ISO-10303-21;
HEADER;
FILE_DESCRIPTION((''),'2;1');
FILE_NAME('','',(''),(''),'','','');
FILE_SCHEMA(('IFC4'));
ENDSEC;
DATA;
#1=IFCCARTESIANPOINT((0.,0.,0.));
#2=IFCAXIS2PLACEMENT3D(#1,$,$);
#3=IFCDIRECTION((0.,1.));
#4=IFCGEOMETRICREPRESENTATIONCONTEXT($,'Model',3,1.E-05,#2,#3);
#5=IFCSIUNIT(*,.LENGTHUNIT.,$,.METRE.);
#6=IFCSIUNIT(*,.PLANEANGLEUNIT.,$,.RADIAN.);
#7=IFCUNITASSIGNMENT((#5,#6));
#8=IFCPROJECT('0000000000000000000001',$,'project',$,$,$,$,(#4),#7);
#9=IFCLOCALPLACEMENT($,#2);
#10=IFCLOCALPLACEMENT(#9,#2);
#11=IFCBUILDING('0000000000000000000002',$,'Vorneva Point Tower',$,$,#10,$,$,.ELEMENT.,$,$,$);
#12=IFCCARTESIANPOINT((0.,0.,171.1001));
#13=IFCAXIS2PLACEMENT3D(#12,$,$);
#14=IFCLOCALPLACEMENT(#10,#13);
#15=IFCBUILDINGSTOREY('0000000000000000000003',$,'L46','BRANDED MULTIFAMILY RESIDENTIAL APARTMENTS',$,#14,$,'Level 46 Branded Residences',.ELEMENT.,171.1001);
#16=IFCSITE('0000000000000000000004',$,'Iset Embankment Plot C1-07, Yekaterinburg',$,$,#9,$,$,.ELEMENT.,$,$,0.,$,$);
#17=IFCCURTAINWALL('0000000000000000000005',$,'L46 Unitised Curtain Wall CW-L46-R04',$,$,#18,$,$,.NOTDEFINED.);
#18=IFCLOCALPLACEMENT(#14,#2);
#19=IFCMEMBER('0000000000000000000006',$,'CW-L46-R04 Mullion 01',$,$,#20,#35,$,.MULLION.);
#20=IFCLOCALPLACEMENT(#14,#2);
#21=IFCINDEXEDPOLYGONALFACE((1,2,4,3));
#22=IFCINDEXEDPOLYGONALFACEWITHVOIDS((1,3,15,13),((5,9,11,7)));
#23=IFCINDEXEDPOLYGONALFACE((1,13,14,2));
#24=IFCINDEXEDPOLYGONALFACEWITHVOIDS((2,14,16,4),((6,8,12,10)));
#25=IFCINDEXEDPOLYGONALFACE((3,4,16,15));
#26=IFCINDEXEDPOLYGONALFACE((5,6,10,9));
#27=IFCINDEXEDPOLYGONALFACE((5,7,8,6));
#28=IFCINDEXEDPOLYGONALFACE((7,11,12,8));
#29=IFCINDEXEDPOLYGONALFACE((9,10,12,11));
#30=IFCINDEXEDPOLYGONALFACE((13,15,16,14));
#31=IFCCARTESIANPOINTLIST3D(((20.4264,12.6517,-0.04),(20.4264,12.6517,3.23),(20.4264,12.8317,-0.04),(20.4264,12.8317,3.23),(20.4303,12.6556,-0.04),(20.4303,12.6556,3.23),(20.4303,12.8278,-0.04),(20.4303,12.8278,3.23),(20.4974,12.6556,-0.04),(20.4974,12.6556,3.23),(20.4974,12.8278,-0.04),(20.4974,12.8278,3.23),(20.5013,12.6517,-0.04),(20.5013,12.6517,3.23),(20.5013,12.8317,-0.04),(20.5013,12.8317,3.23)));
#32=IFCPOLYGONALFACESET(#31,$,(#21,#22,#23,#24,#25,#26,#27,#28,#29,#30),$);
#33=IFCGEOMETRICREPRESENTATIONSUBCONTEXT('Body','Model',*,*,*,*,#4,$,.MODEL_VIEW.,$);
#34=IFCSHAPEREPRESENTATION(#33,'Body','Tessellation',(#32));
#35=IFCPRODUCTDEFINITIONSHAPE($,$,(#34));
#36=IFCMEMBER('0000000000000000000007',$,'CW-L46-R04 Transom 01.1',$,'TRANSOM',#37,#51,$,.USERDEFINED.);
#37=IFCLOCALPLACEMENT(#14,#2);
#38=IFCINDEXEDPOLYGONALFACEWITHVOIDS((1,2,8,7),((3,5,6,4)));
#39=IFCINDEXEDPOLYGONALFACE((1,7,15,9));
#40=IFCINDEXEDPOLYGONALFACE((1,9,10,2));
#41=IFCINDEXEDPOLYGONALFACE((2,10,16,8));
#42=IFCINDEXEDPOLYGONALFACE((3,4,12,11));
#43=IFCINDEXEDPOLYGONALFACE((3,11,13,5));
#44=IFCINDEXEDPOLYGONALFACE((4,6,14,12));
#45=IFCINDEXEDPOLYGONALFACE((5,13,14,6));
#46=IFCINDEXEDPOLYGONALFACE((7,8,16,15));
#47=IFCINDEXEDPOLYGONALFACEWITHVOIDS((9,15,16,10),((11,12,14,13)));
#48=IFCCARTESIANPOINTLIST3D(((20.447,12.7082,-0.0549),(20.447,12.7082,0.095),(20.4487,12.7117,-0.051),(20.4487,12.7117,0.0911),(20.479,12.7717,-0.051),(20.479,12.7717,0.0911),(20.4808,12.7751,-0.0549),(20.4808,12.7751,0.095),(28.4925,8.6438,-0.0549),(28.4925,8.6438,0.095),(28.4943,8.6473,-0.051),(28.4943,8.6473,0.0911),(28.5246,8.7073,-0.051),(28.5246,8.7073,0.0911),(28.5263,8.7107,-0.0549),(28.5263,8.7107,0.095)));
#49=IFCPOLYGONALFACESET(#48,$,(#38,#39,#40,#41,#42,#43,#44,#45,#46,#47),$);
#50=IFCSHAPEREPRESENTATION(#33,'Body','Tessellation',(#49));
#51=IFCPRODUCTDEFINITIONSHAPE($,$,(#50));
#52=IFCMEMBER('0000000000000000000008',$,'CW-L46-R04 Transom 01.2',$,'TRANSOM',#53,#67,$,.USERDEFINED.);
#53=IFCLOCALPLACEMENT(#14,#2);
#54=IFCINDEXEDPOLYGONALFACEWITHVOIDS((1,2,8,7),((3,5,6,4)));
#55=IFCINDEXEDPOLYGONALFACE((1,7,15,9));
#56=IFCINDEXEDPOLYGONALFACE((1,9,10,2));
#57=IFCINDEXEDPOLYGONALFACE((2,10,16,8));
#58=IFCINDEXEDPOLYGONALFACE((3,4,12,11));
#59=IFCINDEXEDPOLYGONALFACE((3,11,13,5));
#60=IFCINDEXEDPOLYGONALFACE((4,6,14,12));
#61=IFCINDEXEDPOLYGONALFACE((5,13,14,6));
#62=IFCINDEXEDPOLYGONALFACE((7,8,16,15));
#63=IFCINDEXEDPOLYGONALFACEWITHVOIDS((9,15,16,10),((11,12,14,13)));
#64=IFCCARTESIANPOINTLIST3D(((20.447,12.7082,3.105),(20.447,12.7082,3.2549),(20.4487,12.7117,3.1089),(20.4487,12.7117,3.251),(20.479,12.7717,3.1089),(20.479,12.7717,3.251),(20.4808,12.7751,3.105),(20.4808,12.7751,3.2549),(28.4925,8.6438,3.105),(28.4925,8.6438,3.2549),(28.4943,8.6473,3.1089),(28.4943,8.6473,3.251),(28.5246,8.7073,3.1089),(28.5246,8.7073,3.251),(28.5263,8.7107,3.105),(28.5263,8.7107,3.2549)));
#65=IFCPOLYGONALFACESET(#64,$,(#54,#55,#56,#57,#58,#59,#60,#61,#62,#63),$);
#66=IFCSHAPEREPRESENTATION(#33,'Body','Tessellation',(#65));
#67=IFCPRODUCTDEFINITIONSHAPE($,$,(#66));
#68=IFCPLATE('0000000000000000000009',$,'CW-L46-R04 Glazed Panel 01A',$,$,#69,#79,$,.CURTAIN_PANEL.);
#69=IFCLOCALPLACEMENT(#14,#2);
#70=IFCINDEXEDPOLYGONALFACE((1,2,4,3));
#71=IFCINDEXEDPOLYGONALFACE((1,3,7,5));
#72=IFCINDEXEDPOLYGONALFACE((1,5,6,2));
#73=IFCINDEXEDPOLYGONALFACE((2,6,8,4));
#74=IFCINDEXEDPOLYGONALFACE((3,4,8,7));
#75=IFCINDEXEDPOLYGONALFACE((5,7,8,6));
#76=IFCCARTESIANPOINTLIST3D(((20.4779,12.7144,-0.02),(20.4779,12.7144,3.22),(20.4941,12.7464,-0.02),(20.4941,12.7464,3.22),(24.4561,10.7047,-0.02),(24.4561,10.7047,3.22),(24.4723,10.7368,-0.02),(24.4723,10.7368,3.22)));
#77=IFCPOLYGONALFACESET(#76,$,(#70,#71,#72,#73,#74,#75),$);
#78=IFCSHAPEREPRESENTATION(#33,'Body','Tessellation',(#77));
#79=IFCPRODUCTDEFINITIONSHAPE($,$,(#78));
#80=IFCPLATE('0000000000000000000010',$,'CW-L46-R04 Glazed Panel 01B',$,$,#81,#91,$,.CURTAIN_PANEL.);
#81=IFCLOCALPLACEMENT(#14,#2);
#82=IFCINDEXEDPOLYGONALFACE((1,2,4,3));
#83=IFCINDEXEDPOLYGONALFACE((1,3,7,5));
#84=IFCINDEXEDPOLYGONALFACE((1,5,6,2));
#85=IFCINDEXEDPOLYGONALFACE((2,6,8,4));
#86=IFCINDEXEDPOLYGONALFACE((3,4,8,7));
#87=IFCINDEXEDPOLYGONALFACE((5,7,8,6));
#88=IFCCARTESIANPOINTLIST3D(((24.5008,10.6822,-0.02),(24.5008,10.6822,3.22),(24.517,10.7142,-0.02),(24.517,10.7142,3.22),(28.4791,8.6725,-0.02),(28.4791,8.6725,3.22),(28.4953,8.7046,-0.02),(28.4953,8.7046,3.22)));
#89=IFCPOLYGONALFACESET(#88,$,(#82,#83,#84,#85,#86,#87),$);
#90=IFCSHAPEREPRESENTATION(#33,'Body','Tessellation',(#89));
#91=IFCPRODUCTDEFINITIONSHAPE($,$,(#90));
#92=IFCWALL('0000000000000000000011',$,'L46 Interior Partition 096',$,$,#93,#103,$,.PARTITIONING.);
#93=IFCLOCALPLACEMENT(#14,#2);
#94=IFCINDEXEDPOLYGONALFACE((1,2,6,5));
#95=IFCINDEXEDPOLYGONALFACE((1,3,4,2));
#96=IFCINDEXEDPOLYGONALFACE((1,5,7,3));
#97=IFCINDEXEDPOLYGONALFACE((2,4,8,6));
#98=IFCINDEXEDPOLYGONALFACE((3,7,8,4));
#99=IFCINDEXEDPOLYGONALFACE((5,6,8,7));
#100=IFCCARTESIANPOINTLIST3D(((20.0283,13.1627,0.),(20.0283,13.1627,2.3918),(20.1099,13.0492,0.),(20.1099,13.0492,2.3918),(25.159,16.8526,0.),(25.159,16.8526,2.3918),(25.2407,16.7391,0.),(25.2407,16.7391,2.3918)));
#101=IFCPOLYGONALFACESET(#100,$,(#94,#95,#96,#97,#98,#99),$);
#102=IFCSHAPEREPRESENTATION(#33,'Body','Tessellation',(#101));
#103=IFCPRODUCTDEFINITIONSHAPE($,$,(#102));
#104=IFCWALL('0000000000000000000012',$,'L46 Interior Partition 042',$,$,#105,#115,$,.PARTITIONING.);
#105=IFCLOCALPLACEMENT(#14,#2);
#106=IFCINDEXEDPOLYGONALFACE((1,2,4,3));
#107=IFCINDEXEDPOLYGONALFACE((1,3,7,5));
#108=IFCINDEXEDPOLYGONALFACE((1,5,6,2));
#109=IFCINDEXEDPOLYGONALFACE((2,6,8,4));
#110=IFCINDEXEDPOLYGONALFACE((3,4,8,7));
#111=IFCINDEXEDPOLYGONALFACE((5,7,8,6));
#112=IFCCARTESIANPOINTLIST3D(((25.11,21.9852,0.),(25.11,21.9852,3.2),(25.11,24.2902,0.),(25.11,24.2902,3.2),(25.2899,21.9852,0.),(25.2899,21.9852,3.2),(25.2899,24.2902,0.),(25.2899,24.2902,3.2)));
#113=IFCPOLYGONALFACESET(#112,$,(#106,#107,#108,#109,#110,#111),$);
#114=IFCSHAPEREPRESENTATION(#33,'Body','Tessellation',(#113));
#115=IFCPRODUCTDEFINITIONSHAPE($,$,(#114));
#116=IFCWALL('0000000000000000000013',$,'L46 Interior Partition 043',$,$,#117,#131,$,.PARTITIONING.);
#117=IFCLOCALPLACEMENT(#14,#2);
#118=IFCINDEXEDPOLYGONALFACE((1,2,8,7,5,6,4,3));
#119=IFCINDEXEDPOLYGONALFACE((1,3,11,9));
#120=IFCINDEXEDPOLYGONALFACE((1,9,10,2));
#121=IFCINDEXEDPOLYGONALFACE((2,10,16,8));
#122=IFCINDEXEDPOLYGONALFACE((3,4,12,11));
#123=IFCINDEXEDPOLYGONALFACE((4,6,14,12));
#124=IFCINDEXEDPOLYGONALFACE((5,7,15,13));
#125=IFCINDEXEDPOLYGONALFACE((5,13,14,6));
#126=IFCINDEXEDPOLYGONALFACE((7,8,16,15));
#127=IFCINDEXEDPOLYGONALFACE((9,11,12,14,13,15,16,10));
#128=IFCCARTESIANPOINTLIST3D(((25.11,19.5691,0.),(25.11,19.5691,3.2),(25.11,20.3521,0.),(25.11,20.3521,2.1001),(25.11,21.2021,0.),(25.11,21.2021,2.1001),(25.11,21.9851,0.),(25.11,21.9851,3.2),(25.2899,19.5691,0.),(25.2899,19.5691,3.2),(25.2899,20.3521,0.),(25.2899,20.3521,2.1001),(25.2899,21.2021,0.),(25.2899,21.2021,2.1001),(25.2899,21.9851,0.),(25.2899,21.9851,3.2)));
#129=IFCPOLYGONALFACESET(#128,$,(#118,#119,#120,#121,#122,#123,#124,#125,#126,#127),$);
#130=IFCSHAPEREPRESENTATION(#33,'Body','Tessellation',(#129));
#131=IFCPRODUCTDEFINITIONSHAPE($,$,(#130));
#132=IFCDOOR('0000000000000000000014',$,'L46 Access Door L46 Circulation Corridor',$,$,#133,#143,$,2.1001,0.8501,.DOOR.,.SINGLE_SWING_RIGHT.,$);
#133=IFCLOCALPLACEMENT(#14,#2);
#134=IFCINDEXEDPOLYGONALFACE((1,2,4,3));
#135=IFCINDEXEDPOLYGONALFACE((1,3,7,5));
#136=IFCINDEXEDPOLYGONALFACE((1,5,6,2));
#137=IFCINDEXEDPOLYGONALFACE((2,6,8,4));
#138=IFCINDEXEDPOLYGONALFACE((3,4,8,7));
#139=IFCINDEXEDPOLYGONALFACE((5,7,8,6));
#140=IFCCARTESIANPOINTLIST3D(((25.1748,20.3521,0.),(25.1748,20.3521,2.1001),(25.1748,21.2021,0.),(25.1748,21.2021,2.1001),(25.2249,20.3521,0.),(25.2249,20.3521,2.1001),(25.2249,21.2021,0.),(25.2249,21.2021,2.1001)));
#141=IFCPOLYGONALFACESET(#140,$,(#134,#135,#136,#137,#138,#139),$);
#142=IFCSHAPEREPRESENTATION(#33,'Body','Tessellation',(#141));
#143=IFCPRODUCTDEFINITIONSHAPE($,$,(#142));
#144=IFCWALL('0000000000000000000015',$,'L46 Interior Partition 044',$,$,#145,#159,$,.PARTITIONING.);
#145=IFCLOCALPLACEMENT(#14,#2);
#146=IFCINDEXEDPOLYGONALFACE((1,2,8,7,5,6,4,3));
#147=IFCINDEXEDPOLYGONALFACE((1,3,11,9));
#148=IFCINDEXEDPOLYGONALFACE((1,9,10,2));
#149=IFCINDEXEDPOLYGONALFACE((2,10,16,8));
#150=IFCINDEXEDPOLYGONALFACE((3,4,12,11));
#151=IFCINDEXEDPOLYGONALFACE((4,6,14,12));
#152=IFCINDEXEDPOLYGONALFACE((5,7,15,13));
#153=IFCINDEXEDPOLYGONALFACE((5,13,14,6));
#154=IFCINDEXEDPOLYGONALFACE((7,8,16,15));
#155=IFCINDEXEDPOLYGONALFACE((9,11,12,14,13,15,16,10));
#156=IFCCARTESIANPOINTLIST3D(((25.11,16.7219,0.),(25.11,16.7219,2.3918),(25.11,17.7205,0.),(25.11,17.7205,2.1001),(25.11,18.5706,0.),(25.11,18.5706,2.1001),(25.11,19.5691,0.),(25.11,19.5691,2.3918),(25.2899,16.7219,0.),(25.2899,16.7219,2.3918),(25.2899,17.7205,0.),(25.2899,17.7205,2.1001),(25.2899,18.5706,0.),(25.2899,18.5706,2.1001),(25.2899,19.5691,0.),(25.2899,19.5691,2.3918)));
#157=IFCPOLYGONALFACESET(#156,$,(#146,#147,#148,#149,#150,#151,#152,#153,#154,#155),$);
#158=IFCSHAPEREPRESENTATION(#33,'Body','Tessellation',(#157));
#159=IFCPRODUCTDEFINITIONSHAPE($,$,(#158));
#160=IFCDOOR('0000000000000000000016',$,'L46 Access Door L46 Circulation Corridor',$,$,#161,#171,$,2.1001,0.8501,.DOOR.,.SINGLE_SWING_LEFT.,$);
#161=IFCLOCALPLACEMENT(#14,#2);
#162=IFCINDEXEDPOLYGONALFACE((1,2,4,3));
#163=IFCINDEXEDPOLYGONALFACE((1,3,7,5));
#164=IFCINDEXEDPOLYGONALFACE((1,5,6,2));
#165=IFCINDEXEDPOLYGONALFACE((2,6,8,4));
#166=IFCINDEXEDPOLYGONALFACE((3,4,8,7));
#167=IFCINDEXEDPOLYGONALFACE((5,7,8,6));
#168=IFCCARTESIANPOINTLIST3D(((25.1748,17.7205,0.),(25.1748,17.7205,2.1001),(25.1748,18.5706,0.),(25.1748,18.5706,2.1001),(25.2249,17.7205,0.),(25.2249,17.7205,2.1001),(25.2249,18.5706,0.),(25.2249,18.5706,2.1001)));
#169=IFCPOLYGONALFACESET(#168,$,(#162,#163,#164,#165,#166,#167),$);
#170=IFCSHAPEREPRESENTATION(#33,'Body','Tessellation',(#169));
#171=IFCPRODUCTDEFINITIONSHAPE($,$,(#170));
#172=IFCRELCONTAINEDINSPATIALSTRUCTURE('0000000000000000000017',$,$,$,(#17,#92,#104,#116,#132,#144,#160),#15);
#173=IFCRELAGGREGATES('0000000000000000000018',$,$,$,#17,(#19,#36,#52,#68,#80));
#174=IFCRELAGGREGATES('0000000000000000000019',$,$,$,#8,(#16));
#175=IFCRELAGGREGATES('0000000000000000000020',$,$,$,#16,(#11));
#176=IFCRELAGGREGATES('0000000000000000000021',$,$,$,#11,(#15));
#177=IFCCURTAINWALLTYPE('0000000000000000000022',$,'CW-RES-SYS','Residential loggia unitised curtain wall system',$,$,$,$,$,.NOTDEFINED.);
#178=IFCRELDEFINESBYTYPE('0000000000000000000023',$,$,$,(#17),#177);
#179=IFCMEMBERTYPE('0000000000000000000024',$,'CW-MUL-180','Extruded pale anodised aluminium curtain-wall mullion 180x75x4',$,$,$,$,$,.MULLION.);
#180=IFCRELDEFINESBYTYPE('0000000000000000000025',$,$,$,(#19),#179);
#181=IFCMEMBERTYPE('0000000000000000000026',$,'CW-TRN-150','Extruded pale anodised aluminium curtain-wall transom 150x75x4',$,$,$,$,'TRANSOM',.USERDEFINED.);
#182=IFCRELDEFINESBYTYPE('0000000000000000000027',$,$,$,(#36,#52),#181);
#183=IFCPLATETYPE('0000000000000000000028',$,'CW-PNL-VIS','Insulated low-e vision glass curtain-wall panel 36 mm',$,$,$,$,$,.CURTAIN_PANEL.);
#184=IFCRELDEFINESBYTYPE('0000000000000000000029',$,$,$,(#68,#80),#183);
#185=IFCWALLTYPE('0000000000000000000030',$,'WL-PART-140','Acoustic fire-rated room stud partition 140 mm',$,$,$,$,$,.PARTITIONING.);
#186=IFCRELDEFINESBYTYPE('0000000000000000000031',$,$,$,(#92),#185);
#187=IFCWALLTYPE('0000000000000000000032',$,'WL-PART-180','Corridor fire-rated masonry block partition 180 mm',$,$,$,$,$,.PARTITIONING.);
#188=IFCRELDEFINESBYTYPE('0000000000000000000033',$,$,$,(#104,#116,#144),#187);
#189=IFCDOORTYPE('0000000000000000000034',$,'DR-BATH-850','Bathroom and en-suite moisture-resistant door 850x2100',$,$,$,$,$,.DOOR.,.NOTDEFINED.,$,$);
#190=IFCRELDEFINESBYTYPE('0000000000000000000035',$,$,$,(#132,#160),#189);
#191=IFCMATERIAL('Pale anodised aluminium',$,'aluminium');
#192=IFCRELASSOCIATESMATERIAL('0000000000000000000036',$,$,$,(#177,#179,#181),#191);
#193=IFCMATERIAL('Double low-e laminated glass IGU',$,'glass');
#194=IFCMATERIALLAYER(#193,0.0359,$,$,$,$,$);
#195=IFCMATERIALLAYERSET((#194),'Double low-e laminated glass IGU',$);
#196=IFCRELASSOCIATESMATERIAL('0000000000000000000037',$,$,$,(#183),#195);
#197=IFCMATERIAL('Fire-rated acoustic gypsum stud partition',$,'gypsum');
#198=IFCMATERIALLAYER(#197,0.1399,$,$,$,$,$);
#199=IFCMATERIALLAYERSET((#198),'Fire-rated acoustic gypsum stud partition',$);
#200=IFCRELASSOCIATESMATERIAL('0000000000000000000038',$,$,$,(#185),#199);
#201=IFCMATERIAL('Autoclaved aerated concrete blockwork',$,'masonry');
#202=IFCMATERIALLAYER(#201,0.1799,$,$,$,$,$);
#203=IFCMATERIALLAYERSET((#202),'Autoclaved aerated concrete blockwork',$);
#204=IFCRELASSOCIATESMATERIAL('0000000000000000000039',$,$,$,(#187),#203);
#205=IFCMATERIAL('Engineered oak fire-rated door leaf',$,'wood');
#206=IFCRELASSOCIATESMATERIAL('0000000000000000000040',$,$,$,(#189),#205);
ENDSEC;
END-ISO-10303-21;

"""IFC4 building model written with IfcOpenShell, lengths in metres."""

from ifc_helpers import new_model, si_unit, direction, frame, frame_2d, origin, origin_2d, place, context, subcontext, project, spatial, rectangle, hollow_rectangle, extrude, material, layer, layer_set, material_profile, profile_set, type_object, element, fill, aggregate, save


model = new_model("IFC4")

# Units and contexts
model_context = context("Model", 3, precision=1e-05, world=origin(), true_north=direction((0.0, 1.0)))
body_context = subcontext(model_context, "Body", "Model", "MODEL_VIEW")
ifc_project = project(units=[si_unit("LENGTHUNIT", "METRE"), si_unit("PLANEANGLEUNIT", "RADIAN")], contexts=[model_context])

# Site, building, storey
site_placement = place(None, origin())
site = spatial("IfcSite", under=ifc_project, at=site_placement, Name="Iset Embankment Plot C1-07, Yekaterinburg", CompositionType="ELEMENT", RefElevation=0.0)
building_placement = place(site_placement, origin())
building = spatial("IfcBuilding", under=site, at=building_placement, Name="Vorneva Point Tower", CompositionType="ELEMENT")
storey_placement = place(building_placement, frame((0.0, 0.0, 171.1001)))
storey = spatial("IfcBuildingStorey", under=building, at=storey_placement, Name="L46", Description="BRANDED MULTIFAMILY RESIDENTIAL APARTMENTS", LongName="Level 46 Branded Residences", CompositionType="ELEMENT", Elevation=171.1001)

# Curtain wall, members, plates
ifc_material_1 = material(Name="Pale anodised aluminium", Category="aluminium")
curtain_wall_type = type_object("IfcCurtainWallType", Name="CW-RES-SYS", Description="Residential loggia unitised curtain wall system", PredefinedType="NOTDEFINED", material=ifc_material_1)
curtain_wall_placement = place(storey_placement, origin())
curtain_wall = element("IfcCurtainWall", 1, at=curtain_wall_placement, inside=storey, type_object=curtain_wall_type, Name="L46 Unitised Curtain Wall CW-L46-R04", PredefinedType="NOTDEFINED")
ifc_material_profile_1 = material_profile(ifc_material_1, hollow_rectangle(XDim=0.075, YDim=0.1799, WallThickness=0.0039, at=origin_2d()), Name="AL-MUL 180x75x4")
ifc_profile_set_1 = profile_set([ifc_material_profile_1], Name="Pale anodised aluminium")
member_type_1 = type_object("IfcMemberType", Name="CW-MUL-180", Description="Extruded pale anodised aluminium curtain-wall mullion 180x75x4", PredefinedType="MULLION", material=ifc_profile_set_1)
member_1_placement = place(storey_placement, frame((20.4639, 12.7417, -0.04), z_axis=(0.0, 0.0, 1.0), x_axis=(1.0, 0.0, 0.0)))
member_1 = element("IfcMember", 2, at=member_1_placement, type_object=member_type_1, Name="CW-L46-R04 Mullion 01", PredefinedType="MULLION", context=body_context, shape_type="SweptSolid", body=[
    extrude(hollow_rectangle(XDim=0.075, YDim=0.1799, WallThickness=0.0039, at=origin_2d()), origin(), (0.0, 0.0, 1.0), 3.27),
])
ifc_material_profile_2 = material_profile(ifc_material_1, hollow_rectangle(XDim=0.075, YDim=0.1499, WallThickness=0.0039, at=origin_2d()), Name="AL-TRN 150x75x4")
ifc_profile_set_2 = profile_set([ifc_material_profile_2], Name="Pale anodised aluminium")
member_type_2 = type_object("IfcMemberType", Name="CW-TRN-150", Description="Extruded pale anodised aluminium curtain-wall transom 150x75x4", ElementType="TRANSOM", PredefinedType="USERDEFINED", material=ifc_profile_set_2)
member_2_placement = place(storey_placement, frame((20.4639, 12.7417, 0.02), z_axis=(0.892572, -0.450904, 0.0), x_axis=(0.450904, 0.892572, 0.0)))
member_2 = element("IfcMember", 3, at=member_2_placement, type_object=member_type_2, Name="CW-L46-R04 Transom 01.1", ObjectType="TRANSOM", PredefinedType="USERDEFINED", context=body_context, shape_type="SweptSolid", body=[
    extrude(hollow_rectangle(XDim=0.075, YDim=0.1499, WallThickness=0.0039, at=origin_2d()), origin(), (0.0, 0.0, 1.0), 9.0139),
])
member_3_placement = place(storey_placement, frame((20.4639, 12.7417, 3.1799), z_axis=(0.892572, -0.450904, 0.0), x_axis=(0.450904, 0.892572, 0.0)))
member_3 = element("IfcMember", 4, at=member_3_placement, type_object=member_type_2, Name="CW-L46-R04 Transom 01.2", ObjectType="TRANSOM", PredefinedType="USERDEFINED", context=body_context, shape_type="SweptSolid", body=[
    extrude(hollow_rectangle(XDim=0.075, YDim=0.1499, WallThickness=0.0039, at=origin_2d()), origin(), (0.0, 0.0, 1.0), 9.0139),
])
ifc_material_2 = material(Name="Double low-e laminated glass IGU", Category="glass")
ifc_layer_1 = layer(ifc_material_2, 0.0359)
ifc_layer_set_1 = layer_set([ifc_layer_1], Name="Double low-e laminated glass IGU")
plate_type = type_object("IfcPlateType", Name="CW-PNL-VIS", Description="Insulated low-e vision glass curtain-wall panel 36 mm", PredefinedType="CURTAIN_PANEL", material=ifc_layer_set_1)
plate_1_placement = place(storey_placement, frame((22.4751, 11.7256, -0.02), z_axis=(0.0, 0.0, 1.0), x_axis=(0.892578, -0.450893, 0.0)))
plate_1 = element("IfcPlate", 5, at=plate_1_placement, type_object=plate_type, Name="CW-L46-R04 Glazed Panel 01A", PredefinedType="CURTAIN_PANEL", context=body_context, shape_type="SweptSolid", body=[
    extrude(rectangle(XDim=4.457, YDim=0.0359, at=origin_2d()), origin(), (0.0, 0.0, 1.0), 3.24),
])
plate_2_placement = place(storey_placement, frame((26.498, 9.6934, -0.02), z_axis=(0.0, 0.0, 1.0), x_axis=(0.892578, -0.450893, 0.0)))
plate_2 = element("IfcPlate", 6, at=plate_2_placement, type_object=plate_type, Name="CW-L46-R04 Glazed Panel 01B", PredefinedType="CURTAIN_PANEL", context=body_context, shape_type="SweptSolid", body=[
    extrude(rectangle(XDim=4.457, YDim=0.0359, at=origin_2d()), origin(), (0.0, 0.0, 1.0), 3.24),
])
aggregate(curtain_wall, [member_1, member_2, member_3, plate_1, plate_2])

# Walls
ifc_material_3 = material(Name="Fire-rated acoustic gypsum stud partition", Category="gypsum")
ifc_layer_2 = layer(ifc_material_3, 0.1399)
ifc_layer_set_2 = layer_set([ifc_layer_2], Name="Fire-rated acoustic gypsum stud partition")
wall_type_1 = type_object("IfcWallType", Name="WL-PART-140", Description="Acoustic fire-rated room stud partition 140 mm", PredefinedType="PARTITIONING", material=ifc_layer_set_2)
wall_1_placement = place(storey_placement, frame((20.0691, 13.106, 0.0), z_axis=(0.0, 0.0, 1.0), x_axis=(0.811855, 0.583859, 0.0)))
element("IfcWall", 7, at=wall_1_placement, inside=storey, type_object=wall_type_1, Name="L46 Interior Partition 096", PredefinedType="PARTITIONING", context=body_context, shape_type="SweptSolid", body=[
    extrude(rectangle(XDim=6.3198, YDim=0.1399, at=frame_2d((3.1599, 0.0))), origin(), (0.0, 0.0, 1.0), 2.3918),
])
ifc_material_4 = material(Name="Autoclaved aerated concrete blockwork", Category="masonry")
ifc_layer_3 = layer(ifc_material_4, 0.1799)
ifc_layer_set_3 = layer_set([ifc_layer_3], Name="Autoclaved aerated concrete blockwork")
wall_type_2 = type_object("IfcWallType", Name="WL-PART-180", Description="Corridor fire-rated masonry block partition 180 mm", PredefinedType="PARTITIONING", material=ifc_layer_set_3)
wall_2_placement = place(storey_placement, frame((25.2, 24.29, 0.0), z_axis=(0.0, 0.0, 1.0), x_axis=(0.0, -1.0, 0.0)))
element("IfcWall", 8, at=wall_2_placement, inside=storey, type_object=wall_type_2, Name="L46 Interior Partition 042", PredefinedType="PARTITIONING", context=body_context, shape_type="SweptSolid", body=[
    extrude(rectangle(XDim=2.3049, YDim=0.1799, at=frame_2d((1.1523, 0.0))), origin(), (0.0, 0.0, 1.0), 3.2),
])

# Walls, openings, doors
wall_3_placement = place(storey_placement, frame((25.2, 21.9851, 0.0), z_axis=(0.0, 0.0, 1.0), x_axis=(0.0, -1.0, 0.0)))
wall_3 = element("IfcWall", 9, at=wall_3_placement, inside=storey, type_object=wall_type_2, Name="L46 Interior Partition 043", PredefinedType="PARTITIONING", context=body_context, shape_type="SweptSolid", body=[
    extrude(rectangle(XDim=2.416, YDim=0.1799, at=frame_2d((1.208, 0.0))), origin(), (0.0, 0.0, 1.0), 3.2),
])
opening_1_placement = place(wall_3_placement, frame((0.783, 0.0, 0.0)))
opening_1 = element("IfcOpeningElement", 10, at=opening_1_placement, cuts=wall_3, PredefinedType="OPENING", context=body_context, shape_type="SweptSolid", body=[
    extrude(rectangle(XDim=0.8501, YDim=2.1001, at=frame_2d((0.425, 1.05))), frame((0.0, 0.105, 0.0), z_axis=(0.0, -1.0, 0.0), x_axis=(1.0, 0.0, 0.0)), (0.0, 0.0, 1.0), 0.2097),
])
ifc_material_5 = material(Name="Engineered oak fire-rated door leaf", Category="wood")
door_type = type_object("IfcDoorType", Name="DR-BATH-850", Description="Bathroom and en-suite moisture-resistant door 850x2100", OperationType="NOTDEFINED", PredefinedType="DOOR", material=ifc_material_5)
door_1_placement = place(opening_1_placement, origin())
door_1 = element("IfcDoor", 11, at=door_1_placement, inside=storey, type_object=door_type, Name="L46 Access Door L46 Circulation Corridor", OperationType="SINGLE_SWING_RIGHT", OverallHeight=2.1001, OverallWidth=0.8501, PredefinedType="DOOR", context=body_context, shape_type="SweptSolid", body=[
    extrude(rectangle(XDim=0.8501, YDim=2.1001, at=frame_2d((0.425, 1.05))), frame((0.0, 0.0249, 0.0), z_axis=(0.0, -1.0, 0.0), x_axis=(1.0, 0.0, 0.0)), (0.0, 0.0, 1.0), 0.05),
])
fill(opening_1, door_1)
wall_4_placement = place(storey_placement, frame((25.2, 19.5691, 0.0), z_axis=(0.0, 0.0, 1.0), x_axis=(0.0, -1.0, 0.0)))
wall_4 = element("IfcWall", 12, at=wall_4_placement, inside=storey, type_object=wall_type_2, Name="L46 Interior Partition 044", PredefinedType="PARTITIONING", context=body_context, shape_type="SweptSolid", body=[
    extrude(rectangle(XDim=2.8472, YDim=0.1799, at=frame_2d((1.4236, 0.0))), origin(), (0.0, 0.0, 1.0), 2.3918),
])
opening_2_placement = place(wall_4_placement, frame((0.9985, 0.0, 0.0)))
opening_2 = element("IfcOpeningElement", 13, at=opening_2_placement, cuts=wall_4, PredefinedType="OPENING", context=body_context, shape_type="SweptSolid", body=[
    extrude(rectangle(XDim=0.8501, YDim=2.1001, at=frame_2d((0.425, 1.05))), frame((0.0, 0.105, 0.0), z_axis=(0.0, -1.0, 0.0), x_axis=(1.0, 0.0, 0.0)), (0.0, 0.0, 1.0), 0.2097),
])
door_2_placement = place(opening_2_placement, origin())
door_2 = element("IfcDoor", 14, at=door_2_placement, inside=storey, type_object=door_type, Name="L46 Access Door L46 Circulation Corridor", OperationType="SINGLE_SWING_LEFT", OverallHeight=2.1001, OverallWidth=0.8501, PredefinedType="DOOR", context=body_context, shape_type="SweptSolid", body=[
    extrude(rectangle(XDim=0.8501, YDim=2.1001, at=frame_2d((0.425, 1.05))), frame((0.0, 0.0249, 0.0), z_axis=(0.0, -1.0, 0.0), x_axis=(1.0, 0.0, 0.0)), (0.0, 0.0, 1.0), 0.05),
])
fill(opening_2, door_2)

save(model, "model.ifc")
